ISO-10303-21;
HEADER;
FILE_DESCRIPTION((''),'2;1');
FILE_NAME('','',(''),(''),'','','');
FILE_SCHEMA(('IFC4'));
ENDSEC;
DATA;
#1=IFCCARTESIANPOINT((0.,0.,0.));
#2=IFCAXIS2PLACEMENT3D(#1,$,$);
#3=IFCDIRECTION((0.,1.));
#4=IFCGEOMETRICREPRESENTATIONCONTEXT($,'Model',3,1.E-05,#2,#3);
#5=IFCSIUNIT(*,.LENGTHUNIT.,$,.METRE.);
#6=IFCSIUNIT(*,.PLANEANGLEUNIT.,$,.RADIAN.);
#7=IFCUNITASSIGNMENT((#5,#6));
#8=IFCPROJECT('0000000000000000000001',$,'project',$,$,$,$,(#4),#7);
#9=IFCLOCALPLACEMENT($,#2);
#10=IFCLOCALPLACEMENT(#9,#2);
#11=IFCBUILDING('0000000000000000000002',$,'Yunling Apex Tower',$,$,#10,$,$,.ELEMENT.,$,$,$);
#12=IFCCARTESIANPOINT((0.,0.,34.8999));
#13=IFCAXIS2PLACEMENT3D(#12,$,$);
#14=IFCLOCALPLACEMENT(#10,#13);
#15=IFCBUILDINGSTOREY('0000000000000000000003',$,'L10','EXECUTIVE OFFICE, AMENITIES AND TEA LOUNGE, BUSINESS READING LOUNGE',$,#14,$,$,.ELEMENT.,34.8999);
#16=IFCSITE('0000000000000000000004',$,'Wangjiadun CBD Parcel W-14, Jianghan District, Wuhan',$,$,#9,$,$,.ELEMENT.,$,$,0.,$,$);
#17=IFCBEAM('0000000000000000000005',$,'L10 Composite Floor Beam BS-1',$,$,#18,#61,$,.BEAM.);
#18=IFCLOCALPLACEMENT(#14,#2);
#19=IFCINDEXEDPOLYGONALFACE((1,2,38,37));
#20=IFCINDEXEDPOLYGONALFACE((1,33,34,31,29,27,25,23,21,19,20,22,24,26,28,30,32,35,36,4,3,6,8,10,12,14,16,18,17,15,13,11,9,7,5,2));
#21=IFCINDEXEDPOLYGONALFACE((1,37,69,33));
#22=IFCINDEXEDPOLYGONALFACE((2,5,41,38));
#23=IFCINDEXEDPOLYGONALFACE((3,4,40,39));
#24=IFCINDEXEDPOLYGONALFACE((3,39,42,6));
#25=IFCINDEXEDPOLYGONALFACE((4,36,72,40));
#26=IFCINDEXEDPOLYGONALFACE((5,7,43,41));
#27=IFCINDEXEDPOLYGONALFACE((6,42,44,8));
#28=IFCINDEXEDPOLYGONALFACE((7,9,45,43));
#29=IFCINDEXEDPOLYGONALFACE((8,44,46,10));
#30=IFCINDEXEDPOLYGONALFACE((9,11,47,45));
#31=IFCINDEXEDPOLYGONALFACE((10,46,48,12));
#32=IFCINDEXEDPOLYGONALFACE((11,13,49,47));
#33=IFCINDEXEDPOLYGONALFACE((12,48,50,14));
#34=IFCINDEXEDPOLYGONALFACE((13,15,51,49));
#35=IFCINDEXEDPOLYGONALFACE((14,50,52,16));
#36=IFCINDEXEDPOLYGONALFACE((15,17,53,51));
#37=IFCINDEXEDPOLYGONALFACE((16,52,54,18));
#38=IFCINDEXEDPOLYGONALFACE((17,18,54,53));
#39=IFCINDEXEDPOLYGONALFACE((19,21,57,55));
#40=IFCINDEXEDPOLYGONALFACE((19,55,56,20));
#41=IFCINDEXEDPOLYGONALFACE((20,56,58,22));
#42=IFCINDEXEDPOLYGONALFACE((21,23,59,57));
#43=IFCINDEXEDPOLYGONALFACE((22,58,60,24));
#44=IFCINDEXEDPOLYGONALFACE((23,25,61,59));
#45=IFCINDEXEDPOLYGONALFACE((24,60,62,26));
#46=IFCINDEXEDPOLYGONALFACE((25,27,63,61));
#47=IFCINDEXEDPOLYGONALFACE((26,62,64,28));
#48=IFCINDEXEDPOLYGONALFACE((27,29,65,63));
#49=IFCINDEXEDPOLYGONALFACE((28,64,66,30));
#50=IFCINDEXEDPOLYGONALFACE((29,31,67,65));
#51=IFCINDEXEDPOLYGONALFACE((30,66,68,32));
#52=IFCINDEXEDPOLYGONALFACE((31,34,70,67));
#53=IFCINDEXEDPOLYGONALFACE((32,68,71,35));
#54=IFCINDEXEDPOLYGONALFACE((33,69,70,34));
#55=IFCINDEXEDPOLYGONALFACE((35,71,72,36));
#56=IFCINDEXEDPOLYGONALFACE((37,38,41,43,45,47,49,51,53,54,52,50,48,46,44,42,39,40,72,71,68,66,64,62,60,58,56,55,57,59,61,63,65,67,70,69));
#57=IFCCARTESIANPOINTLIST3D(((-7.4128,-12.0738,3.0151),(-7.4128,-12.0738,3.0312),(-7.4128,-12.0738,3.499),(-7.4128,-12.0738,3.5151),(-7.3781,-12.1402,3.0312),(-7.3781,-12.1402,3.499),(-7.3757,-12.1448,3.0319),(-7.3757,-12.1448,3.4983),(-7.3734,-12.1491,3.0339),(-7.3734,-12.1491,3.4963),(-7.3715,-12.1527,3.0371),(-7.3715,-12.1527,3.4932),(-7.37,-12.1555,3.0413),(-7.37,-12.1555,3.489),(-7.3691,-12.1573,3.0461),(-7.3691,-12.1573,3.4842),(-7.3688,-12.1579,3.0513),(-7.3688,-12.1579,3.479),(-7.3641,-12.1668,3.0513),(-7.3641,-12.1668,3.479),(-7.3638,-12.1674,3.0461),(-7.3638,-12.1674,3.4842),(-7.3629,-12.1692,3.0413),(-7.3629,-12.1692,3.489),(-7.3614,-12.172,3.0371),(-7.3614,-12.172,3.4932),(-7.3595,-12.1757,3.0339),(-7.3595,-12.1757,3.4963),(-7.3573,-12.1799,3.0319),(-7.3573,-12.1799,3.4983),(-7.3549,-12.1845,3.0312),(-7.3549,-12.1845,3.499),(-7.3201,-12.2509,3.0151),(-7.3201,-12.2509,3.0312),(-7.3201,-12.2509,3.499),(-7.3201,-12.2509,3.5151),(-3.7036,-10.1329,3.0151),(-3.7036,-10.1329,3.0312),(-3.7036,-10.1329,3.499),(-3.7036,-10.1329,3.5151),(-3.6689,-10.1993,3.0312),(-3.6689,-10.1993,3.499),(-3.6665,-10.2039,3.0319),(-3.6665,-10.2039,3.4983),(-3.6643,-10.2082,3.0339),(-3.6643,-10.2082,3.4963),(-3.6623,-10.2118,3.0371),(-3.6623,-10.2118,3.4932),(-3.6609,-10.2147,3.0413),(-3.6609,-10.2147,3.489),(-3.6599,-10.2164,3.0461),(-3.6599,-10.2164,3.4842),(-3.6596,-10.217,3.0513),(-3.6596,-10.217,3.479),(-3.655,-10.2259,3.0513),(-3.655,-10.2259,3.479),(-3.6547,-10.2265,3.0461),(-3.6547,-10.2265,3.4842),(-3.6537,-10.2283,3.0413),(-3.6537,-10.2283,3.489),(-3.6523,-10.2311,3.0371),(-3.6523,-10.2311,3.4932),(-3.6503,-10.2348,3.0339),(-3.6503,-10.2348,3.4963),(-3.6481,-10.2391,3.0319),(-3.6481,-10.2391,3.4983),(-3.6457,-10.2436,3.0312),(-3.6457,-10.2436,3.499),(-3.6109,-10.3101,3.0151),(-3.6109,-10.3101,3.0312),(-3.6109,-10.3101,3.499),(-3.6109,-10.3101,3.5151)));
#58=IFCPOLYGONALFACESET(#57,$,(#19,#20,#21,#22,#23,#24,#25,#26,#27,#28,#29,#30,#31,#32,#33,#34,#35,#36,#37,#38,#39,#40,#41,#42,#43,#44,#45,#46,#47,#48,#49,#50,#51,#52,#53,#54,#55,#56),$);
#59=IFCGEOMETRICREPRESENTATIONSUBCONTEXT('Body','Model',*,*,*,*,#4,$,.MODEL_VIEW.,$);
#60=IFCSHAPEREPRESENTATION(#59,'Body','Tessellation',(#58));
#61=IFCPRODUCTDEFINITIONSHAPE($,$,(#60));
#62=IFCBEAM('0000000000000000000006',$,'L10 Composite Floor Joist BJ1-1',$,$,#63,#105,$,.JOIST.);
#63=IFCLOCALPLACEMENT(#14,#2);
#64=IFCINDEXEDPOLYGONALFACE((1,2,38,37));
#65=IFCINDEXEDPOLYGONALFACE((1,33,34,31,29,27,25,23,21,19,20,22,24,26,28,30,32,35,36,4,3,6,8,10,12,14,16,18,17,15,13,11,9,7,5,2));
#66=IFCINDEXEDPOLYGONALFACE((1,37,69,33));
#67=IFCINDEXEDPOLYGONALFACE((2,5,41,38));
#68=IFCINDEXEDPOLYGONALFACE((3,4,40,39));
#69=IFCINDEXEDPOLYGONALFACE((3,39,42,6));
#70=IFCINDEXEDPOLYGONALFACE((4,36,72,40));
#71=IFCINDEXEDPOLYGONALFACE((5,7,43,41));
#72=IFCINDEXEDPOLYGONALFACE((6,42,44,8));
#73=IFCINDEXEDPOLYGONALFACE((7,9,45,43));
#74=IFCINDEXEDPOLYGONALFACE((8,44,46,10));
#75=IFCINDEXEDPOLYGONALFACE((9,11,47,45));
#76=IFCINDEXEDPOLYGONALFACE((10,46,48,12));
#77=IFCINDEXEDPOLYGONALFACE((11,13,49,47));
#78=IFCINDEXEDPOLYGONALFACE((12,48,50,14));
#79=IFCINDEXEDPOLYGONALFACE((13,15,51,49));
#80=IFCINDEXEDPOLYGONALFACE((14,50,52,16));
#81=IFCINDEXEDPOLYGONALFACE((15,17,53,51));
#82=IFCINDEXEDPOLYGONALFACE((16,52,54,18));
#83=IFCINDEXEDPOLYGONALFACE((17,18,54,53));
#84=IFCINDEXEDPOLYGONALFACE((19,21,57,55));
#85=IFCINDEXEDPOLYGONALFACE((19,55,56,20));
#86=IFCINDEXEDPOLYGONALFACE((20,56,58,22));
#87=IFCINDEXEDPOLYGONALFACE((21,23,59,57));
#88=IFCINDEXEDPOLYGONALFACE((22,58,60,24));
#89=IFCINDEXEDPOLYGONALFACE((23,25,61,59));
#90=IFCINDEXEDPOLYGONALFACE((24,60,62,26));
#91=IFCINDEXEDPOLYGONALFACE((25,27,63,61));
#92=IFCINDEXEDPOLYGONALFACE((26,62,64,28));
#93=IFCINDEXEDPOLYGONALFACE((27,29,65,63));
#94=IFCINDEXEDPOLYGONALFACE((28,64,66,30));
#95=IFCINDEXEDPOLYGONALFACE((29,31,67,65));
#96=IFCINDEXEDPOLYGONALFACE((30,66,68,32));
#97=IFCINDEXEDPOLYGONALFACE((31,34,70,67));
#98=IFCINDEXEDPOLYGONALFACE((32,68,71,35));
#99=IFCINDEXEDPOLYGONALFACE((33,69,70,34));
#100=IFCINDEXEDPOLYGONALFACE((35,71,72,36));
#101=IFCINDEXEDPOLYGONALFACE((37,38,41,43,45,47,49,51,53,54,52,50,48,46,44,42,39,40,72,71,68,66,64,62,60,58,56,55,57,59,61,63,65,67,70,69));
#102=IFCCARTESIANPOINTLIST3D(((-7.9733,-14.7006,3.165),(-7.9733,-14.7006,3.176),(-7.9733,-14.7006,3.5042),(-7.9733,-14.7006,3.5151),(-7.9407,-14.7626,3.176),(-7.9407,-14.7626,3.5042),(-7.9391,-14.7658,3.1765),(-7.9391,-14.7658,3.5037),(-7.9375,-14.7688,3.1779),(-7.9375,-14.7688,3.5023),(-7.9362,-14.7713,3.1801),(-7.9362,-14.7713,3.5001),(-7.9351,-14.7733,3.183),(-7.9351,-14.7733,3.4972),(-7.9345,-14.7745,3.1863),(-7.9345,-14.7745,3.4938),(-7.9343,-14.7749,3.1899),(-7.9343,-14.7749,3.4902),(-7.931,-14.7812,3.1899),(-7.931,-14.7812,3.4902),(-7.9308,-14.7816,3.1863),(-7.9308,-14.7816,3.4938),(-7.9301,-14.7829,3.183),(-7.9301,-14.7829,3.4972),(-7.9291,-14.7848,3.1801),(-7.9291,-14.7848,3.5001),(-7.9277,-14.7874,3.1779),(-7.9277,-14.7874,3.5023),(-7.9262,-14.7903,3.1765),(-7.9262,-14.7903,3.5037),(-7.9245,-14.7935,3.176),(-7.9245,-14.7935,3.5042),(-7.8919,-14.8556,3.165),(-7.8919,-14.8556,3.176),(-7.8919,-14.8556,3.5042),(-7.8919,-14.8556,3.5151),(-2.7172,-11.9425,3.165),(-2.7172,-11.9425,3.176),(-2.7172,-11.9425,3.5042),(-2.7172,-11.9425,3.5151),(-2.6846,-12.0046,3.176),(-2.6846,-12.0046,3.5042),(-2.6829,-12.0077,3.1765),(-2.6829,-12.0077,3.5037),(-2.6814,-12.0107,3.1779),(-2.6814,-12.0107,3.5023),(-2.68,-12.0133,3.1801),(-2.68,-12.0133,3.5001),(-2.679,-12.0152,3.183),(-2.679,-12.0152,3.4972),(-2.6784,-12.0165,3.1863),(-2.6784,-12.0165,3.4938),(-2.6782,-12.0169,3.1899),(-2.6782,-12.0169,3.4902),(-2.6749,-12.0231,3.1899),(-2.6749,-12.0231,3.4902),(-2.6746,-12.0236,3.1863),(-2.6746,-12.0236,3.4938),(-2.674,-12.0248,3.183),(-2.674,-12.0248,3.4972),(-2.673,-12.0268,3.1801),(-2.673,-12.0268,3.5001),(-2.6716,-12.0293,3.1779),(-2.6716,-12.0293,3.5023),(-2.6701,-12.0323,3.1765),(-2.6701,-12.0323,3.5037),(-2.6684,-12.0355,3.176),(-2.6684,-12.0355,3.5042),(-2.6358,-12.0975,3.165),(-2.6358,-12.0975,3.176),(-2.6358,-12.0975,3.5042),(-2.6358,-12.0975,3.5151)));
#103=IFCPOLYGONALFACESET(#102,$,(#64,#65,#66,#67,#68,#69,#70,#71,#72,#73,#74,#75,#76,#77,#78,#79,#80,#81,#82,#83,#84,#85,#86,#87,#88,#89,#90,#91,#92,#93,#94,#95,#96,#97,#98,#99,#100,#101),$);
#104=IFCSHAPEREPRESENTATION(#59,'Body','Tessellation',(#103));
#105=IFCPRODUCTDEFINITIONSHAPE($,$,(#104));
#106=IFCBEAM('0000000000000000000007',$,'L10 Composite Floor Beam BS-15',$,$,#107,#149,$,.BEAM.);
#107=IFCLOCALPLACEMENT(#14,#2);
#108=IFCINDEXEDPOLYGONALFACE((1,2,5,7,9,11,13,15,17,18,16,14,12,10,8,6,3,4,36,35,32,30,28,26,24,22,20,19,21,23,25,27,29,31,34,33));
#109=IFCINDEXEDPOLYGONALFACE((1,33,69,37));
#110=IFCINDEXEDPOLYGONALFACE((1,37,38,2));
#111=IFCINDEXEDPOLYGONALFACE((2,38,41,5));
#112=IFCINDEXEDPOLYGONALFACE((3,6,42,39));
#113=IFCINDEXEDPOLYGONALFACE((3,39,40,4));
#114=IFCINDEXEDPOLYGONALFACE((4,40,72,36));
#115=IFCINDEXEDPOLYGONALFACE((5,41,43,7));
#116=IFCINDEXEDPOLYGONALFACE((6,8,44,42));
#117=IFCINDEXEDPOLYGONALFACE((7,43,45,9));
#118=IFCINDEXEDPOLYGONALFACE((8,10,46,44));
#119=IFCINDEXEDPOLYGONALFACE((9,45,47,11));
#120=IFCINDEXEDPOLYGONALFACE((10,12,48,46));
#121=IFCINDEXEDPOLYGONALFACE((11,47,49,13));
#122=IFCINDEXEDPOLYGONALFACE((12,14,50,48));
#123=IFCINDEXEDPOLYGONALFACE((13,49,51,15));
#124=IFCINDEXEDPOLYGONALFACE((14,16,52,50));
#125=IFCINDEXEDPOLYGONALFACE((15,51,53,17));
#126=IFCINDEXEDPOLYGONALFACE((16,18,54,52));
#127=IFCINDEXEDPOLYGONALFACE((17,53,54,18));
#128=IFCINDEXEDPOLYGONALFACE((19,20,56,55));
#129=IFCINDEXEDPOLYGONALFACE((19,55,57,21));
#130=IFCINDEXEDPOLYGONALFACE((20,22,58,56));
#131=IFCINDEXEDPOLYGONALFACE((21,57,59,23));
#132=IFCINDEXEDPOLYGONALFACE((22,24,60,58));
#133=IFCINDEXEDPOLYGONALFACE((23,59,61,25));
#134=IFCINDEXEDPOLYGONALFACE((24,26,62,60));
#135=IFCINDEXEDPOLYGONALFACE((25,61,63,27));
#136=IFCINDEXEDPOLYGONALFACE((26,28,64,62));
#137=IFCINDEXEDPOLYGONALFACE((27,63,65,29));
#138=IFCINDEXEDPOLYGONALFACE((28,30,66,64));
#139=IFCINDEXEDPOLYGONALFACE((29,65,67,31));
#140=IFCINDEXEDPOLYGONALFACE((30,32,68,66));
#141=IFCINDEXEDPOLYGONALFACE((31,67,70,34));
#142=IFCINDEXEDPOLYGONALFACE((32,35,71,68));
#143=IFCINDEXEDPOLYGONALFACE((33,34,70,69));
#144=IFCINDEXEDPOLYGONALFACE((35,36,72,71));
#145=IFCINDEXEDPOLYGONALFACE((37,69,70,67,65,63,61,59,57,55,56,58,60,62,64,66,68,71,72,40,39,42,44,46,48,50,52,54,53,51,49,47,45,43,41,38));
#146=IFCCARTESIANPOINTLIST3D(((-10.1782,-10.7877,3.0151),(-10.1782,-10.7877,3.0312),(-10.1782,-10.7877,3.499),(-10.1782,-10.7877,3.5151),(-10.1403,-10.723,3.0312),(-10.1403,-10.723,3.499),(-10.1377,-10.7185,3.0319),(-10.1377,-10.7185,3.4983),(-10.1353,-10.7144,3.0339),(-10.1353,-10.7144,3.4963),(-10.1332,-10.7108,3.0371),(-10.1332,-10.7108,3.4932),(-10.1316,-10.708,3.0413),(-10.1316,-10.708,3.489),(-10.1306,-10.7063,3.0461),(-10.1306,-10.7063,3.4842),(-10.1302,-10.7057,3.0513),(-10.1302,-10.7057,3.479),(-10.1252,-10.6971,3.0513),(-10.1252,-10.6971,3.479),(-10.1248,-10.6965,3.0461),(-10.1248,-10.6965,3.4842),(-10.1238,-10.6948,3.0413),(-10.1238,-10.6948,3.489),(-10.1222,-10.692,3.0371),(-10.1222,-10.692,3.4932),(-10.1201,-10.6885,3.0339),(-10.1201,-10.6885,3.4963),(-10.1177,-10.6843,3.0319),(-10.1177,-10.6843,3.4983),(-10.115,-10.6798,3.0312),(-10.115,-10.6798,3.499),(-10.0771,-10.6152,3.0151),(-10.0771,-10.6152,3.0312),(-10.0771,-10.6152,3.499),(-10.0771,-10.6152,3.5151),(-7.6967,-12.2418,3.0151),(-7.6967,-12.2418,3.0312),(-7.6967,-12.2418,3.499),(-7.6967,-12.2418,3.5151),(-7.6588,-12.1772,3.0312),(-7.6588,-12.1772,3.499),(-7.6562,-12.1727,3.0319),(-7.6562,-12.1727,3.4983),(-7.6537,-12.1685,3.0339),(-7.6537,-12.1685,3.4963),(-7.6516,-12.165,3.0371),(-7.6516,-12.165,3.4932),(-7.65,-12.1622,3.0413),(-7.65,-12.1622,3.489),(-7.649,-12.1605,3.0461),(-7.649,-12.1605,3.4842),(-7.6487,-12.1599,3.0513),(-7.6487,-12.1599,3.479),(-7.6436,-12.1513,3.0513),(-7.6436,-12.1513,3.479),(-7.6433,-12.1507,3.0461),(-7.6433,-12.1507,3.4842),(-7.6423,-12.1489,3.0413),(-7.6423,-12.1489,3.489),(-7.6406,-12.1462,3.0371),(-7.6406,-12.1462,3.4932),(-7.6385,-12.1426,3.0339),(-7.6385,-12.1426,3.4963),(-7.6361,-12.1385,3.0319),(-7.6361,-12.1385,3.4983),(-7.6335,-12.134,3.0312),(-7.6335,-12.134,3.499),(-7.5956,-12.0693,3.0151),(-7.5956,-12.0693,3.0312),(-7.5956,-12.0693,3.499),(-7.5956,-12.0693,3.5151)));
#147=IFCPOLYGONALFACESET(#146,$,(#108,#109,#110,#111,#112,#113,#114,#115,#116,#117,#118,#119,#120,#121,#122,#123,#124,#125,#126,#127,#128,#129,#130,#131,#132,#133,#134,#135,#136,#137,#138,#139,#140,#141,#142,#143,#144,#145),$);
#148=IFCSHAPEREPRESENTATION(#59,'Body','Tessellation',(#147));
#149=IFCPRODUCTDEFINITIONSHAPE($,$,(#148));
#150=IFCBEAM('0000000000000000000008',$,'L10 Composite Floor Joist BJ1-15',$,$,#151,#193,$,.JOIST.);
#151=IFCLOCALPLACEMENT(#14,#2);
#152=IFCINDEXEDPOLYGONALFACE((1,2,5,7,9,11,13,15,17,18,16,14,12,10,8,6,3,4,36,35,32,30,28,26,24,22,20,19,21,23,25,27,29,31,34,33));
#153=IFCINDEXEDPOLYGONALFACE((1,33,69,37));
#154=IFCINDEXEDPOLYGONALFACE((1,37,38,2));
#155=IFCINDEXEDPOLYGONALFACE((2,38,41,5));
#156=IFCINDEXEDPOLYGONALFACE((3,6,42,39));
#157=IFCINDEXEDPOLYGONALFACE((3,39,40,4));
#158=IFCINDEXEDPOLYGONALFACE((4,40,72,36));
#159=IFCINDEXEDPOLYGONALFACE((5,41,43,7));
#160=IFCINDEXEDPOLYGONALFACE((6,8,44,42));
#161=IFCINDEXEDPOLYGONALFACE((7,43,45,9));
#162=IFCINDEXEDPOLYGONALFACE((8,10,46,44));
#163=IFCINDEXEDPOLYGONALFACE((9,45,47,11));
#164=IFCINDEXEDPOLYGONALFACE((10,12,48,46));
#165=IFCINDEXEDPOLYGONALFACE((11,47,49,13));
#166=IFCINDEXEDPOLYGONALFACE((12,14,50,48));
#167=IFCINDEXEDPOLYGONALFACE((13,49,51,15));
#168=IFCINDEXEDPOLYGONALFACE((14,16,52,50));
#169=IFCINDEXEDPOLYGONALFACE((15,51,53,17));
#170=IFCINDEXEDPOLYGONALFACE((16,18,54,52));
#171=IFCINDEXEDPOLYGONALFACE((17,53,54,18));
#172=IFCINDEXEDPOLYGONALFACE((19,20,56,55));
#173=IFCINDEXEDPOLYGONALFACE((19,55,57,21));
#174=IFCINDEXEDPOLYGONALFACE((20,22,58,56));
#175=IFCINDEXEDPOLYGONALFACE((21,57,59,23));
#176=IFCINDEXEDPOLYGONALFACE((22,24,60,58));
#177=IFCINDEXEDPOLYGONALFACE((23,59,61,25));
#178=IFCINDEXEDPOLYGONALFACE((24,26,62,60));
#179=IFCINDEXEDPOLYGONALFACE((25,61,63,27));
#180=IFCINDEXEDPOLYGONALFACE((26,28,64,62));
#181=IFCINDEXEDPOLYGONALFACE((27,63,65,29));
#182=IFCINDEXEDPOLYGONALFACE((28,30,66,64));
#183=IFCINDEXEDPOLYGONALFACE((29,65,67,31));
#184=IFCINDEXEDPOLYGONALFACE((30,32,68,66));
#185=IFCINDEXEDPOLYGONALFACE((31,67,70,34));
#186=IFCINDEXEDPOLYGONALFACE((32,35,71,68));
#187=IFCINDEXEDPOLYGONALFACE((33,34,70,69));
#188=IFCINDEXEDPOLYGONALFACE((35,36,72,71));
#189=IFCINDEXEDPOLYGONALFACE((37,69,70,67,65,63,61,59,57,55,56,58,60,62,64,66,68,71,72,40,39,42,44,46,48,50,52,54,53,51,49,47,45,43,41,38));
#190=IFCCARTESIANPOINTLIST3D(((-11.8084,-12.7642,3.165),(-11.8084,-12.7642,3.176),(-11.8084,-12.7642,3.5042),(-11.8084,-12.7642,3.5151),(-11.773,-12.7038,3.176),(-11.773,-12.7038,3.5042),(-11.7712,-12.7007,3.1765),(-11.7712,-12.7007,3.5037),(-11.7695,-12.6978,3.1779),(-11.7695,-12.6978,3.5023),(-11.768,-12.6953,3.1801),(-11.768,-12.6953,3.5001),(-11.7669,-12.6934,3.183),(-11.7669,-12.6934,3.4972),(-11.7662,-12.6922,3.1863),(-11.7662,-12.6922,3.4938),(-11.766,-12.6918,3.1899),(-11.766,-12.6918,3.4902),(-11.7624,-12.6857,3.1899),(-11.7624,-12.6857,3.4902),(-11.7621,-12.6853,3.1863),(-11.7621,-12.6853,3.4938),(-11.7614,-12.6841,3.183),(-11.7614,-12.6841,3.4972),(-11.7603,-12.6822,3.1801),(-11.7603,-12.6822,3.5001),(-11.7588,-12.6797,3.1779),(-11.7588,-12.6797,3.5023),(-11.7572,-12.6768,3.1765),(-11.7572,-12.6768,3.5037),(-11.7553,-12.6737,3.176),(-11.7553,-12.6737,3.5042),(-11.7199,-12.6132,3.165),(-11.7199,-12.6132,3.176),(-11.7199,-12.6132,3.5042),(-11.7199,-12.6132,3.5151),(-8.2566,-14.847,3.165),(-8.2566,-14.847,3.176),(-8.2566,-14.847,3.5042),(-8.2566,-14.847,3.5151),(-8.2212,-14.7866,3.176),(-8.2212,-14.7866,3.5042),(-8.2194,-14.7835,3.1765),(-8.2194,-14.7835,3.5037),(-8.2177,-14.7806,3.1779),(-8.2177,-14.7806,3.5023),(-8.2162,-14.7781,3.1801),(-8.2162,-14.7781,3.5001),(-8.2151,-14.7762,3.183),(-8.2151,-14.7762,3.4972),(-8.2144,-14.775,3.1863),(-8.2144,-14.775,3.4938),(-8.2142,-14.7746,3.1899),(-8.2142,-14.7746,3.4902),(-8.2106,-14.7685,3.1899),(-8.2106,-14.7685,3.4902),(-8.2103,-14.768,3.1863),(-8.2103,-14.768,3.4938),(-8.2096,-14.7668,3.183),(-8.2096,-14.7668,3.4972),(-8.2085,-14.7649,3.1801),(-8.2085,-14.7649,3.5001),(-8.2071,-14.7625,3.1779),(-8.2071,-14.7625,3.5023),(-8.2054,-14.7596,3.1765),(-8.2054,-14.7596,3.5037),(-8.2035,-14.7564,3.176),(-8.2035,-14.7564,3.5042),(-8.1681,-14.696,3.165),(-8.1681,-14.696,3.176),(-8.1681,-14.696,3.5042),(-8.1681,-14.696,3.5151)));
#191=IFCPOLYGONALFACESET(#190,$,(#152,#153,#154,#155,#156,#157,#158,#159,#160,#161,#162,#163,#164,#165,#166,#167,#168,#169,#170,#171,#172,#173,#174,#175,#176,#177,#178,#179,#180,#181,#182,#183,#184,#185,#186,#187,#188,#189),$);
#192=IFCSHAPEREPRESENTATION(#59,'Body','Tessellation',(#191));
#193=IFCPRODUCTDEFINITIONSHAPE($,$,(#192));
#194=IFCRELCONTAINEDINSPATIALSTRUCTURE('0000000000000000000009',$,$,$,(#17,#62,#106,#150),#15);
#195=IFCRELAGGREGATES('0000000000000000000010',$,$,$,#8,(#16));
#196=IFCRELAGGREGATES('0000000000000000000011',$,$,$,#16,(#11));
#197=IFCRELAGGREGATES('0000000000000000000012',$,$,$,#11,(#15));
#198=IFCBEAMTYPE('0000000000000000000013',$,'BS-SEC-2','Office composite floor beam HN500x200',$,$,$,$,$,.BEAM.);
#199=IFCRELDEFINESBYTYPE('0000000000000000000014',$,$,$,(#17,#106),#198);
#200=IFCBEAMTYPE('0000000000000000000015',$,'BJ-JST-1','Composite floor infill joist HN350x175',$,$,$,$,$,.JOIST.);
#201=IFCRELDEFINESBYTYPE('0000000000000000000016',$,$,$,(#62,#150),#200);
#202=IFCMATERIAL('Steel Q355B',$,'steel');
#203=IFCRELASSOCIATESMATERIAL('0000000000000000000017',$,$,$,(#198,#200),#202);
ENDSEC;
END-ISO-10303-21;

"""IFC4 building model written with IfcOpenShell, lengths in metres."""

from ifc_helpers import new_model, si_unit, direction, frame, origin, origin_2d, place, context, subcontext, project, spatial, i_section, extrude, source, transform, mapped, material, material_profile, profile_set, type_object, element, save


model = new_model("IFC4")

# Units and contexts
model_context = context("Model", 3, precision=1e-05, world=origin(), true_north=direction((0.0, 1.0)))
body_context = subcontext(model_context, "Body", "Model", "MODEL_VIEW")
ifc_project = project(units=[si_unit("LENGTHUNIT", "METRE"), si_unit("PLANEANGLEUNIT", "RADIAN")], contexts=[model_context])

# Site, building, storey
site_placement = place(None, origin())
site = spatial("IfcSite", under=ifc_project, at=site_placement, Name="Wangjiadun CBD Parcel W-14, Jianghan District, Wuhan", CompositionType="ELEMENT", RefElevation=0.0)
building_placement = place(site_placement, origin())
building = spatial("IfcBuilding", under=site, at=building_placement, Name="Yunling Apex Tower", CompositionType="ELEMENT")
storey_placement = place(building_placement, frame((0.0, 0.0, 34.8999)))
storey = spatial("IfcBuildingStorey", under=building, at=storey_placement, Name="L10", Description="EXECUTIVE OFFICE, AMENITIES AND TEA LOUNGE, BUSINESS READING LOUNGE", CompositionType="ELEMENT", Elevation=34.8999)

# Beams
ifc_material_1 = material(Name="Steel Q355B", Category="steel")
ifc_material_profile_1 = material_profile(ifc_material_1, i_section(OverallWidth=0.2, OverallDepth=0.5, WebThickness=0.01, FlangeThickness=0.0161, FilletRadius=0.02, at=origin_2d()))
ifc_profile_set_1 = profile_set([ifc_material_profile_1], Name="Steel Q355B")
beam_type_1 = type_object("IfcBeamType", Name="BS-SEC-2", Description="Office composite floor beam HN500x200", PredefinedType="BEAM", material=ifc_profile_set_1)
shared_shape_1 = source(origin(), body_context, "Body", "SweptSolid", [
    extrude(i_section(OverallWidth=0.2, OverallDepth=0.5, WebThickness=0.01, FlangeThickness=0.0161, FilletRadius=0.02, at=origin_2d()), origin(), (0.0, 0.0, 1.0), 4.1863),
])
beam_1_placement = place(storey_placement, frame((-7.3665, -12.1624, 3.2651), z_axis=(0.886029, 0.46363, 0.0), x_axis=(-0.46363, 0.886029, 0.0)))
element("IfcBeam", 1, at=beam_1_placement, inside=storey, type_object=beam_type_1, Name="L10 Composite Floor Beam BS-1", PredefinedType="BEAM", context=body_context, shape_type="MappedRepresentation", body=[
    mapped(shared_shape_1, transform((0.0, 0.0, 0.0), scale=1.0)),
])
ifc_material_profile_2 = material_profile(ifc_material_1, i_section(OverallWidth=0.175, OverallDepth=0.3501, WebThickness=0.0071, FlangeThickness=0.011, FilletRadius=0.0139, at=origin_2d()))
ifc_profile_set_2 = profile_set([ifc_material_profile_2], Name="Steel Q355B")
beam_type_2 = type_object("IfcBeamType", Name="BJ-JST-1", Description="Composite floor infill joist HN350x175", PredefinedType="JOIST", material=ifc_profile_set_2)
shared_shape_2 = source(origin(), body_context, "Body", "SweptSolid", [
    extrude(i_section(OverallWidth=0.175, OverallDepth=0.3501, WebThickness=0.0071, FlangeThickness=0.011, FilletRadius=0.0139, at=origin_2d()), origin(), (0.0, 0.0, 1.0), 5.9358),
])
beam_2_placement = place(storey_placement, frame((-7.9326, -14.7781, 3.3401), z_axis=(0.885495, 0.464649, 0.0), x_axis=(-0.464649, 0.885495, 0.0)))
element("IfcBeam", 2, at=beam_2_placement, inside=storey, type_object=beam_type_2, Name="L10 Composite Floor Joist BJ1-1", PredefinedType="JOIST", context=body_context, shape_type="MappedRepresentation", body=[
    mapped(shared_shape_2, transform((0.0, 0.0, 0.0), scale=1.0)),
])
shared_shape_3 = source(origin(), body_context, "Body", "SweptSolid", [
    extrude(i_section(OverallWidth=0.2, OverallDepth=0.5, WebThickness=0.01, FlangeThickness=0.0161, FilletRadius=0.02, at=origin_2d()), origin(), (0.0, 0.0, 1.0), 2.8762),
])
beam_3_placement = place(storey_placement, frame((-10.1277, -10.7014, 3.2651), z_axis=(0.86278, -0.50558, 0.0), x_axis=(0.50558, 0.86278, 0.0)))
element("IfcBeam", 3, at=beam_3_placement, inside=storey, type_object=beam_type_1, Name="L10 Composite Floor Beam BS-15", PredefinedType="BEAM", context=body_context, shape_type="MappedRepresentation", body=[
    mapped(shared_shape_3, transform((0.0, 0.0, 0.0), scale=1.0)),
])
shared_shape_4 = source(origin(), body_context, "Body", "SweptSolid", [
    extrude(i_section(OverallWidth=0.175, OverallDepth=0.3501, WebThickness=0.0071, FlangeThickness=0.011, FilletRadius=0.0139, at=origin_2d()), origin(), (0.0, 0.0, 1.0), 4.1174),
])
beam_4_placement = place(storey_placement, frame((-11.7642, -12.6887, 3.3401), z_axis=(0.862624, -0.505846, 0.0), x_axis=(0.505846, 0.862624, 0.0)))
element("IfcBeam", 4, at=beam_4_placement, inside=storey, type_object=beam_type_2, Name="L10 Composite Floor Joist BJ1-15", PredefinedType="JOIST", context=body_context, shape_type="MappedRepresentation", body=[
    mapped(shared_shape_4, transform((0.0, 0.0, 0.0), scale=1.0)),
])

save(model, "model.ifc")
